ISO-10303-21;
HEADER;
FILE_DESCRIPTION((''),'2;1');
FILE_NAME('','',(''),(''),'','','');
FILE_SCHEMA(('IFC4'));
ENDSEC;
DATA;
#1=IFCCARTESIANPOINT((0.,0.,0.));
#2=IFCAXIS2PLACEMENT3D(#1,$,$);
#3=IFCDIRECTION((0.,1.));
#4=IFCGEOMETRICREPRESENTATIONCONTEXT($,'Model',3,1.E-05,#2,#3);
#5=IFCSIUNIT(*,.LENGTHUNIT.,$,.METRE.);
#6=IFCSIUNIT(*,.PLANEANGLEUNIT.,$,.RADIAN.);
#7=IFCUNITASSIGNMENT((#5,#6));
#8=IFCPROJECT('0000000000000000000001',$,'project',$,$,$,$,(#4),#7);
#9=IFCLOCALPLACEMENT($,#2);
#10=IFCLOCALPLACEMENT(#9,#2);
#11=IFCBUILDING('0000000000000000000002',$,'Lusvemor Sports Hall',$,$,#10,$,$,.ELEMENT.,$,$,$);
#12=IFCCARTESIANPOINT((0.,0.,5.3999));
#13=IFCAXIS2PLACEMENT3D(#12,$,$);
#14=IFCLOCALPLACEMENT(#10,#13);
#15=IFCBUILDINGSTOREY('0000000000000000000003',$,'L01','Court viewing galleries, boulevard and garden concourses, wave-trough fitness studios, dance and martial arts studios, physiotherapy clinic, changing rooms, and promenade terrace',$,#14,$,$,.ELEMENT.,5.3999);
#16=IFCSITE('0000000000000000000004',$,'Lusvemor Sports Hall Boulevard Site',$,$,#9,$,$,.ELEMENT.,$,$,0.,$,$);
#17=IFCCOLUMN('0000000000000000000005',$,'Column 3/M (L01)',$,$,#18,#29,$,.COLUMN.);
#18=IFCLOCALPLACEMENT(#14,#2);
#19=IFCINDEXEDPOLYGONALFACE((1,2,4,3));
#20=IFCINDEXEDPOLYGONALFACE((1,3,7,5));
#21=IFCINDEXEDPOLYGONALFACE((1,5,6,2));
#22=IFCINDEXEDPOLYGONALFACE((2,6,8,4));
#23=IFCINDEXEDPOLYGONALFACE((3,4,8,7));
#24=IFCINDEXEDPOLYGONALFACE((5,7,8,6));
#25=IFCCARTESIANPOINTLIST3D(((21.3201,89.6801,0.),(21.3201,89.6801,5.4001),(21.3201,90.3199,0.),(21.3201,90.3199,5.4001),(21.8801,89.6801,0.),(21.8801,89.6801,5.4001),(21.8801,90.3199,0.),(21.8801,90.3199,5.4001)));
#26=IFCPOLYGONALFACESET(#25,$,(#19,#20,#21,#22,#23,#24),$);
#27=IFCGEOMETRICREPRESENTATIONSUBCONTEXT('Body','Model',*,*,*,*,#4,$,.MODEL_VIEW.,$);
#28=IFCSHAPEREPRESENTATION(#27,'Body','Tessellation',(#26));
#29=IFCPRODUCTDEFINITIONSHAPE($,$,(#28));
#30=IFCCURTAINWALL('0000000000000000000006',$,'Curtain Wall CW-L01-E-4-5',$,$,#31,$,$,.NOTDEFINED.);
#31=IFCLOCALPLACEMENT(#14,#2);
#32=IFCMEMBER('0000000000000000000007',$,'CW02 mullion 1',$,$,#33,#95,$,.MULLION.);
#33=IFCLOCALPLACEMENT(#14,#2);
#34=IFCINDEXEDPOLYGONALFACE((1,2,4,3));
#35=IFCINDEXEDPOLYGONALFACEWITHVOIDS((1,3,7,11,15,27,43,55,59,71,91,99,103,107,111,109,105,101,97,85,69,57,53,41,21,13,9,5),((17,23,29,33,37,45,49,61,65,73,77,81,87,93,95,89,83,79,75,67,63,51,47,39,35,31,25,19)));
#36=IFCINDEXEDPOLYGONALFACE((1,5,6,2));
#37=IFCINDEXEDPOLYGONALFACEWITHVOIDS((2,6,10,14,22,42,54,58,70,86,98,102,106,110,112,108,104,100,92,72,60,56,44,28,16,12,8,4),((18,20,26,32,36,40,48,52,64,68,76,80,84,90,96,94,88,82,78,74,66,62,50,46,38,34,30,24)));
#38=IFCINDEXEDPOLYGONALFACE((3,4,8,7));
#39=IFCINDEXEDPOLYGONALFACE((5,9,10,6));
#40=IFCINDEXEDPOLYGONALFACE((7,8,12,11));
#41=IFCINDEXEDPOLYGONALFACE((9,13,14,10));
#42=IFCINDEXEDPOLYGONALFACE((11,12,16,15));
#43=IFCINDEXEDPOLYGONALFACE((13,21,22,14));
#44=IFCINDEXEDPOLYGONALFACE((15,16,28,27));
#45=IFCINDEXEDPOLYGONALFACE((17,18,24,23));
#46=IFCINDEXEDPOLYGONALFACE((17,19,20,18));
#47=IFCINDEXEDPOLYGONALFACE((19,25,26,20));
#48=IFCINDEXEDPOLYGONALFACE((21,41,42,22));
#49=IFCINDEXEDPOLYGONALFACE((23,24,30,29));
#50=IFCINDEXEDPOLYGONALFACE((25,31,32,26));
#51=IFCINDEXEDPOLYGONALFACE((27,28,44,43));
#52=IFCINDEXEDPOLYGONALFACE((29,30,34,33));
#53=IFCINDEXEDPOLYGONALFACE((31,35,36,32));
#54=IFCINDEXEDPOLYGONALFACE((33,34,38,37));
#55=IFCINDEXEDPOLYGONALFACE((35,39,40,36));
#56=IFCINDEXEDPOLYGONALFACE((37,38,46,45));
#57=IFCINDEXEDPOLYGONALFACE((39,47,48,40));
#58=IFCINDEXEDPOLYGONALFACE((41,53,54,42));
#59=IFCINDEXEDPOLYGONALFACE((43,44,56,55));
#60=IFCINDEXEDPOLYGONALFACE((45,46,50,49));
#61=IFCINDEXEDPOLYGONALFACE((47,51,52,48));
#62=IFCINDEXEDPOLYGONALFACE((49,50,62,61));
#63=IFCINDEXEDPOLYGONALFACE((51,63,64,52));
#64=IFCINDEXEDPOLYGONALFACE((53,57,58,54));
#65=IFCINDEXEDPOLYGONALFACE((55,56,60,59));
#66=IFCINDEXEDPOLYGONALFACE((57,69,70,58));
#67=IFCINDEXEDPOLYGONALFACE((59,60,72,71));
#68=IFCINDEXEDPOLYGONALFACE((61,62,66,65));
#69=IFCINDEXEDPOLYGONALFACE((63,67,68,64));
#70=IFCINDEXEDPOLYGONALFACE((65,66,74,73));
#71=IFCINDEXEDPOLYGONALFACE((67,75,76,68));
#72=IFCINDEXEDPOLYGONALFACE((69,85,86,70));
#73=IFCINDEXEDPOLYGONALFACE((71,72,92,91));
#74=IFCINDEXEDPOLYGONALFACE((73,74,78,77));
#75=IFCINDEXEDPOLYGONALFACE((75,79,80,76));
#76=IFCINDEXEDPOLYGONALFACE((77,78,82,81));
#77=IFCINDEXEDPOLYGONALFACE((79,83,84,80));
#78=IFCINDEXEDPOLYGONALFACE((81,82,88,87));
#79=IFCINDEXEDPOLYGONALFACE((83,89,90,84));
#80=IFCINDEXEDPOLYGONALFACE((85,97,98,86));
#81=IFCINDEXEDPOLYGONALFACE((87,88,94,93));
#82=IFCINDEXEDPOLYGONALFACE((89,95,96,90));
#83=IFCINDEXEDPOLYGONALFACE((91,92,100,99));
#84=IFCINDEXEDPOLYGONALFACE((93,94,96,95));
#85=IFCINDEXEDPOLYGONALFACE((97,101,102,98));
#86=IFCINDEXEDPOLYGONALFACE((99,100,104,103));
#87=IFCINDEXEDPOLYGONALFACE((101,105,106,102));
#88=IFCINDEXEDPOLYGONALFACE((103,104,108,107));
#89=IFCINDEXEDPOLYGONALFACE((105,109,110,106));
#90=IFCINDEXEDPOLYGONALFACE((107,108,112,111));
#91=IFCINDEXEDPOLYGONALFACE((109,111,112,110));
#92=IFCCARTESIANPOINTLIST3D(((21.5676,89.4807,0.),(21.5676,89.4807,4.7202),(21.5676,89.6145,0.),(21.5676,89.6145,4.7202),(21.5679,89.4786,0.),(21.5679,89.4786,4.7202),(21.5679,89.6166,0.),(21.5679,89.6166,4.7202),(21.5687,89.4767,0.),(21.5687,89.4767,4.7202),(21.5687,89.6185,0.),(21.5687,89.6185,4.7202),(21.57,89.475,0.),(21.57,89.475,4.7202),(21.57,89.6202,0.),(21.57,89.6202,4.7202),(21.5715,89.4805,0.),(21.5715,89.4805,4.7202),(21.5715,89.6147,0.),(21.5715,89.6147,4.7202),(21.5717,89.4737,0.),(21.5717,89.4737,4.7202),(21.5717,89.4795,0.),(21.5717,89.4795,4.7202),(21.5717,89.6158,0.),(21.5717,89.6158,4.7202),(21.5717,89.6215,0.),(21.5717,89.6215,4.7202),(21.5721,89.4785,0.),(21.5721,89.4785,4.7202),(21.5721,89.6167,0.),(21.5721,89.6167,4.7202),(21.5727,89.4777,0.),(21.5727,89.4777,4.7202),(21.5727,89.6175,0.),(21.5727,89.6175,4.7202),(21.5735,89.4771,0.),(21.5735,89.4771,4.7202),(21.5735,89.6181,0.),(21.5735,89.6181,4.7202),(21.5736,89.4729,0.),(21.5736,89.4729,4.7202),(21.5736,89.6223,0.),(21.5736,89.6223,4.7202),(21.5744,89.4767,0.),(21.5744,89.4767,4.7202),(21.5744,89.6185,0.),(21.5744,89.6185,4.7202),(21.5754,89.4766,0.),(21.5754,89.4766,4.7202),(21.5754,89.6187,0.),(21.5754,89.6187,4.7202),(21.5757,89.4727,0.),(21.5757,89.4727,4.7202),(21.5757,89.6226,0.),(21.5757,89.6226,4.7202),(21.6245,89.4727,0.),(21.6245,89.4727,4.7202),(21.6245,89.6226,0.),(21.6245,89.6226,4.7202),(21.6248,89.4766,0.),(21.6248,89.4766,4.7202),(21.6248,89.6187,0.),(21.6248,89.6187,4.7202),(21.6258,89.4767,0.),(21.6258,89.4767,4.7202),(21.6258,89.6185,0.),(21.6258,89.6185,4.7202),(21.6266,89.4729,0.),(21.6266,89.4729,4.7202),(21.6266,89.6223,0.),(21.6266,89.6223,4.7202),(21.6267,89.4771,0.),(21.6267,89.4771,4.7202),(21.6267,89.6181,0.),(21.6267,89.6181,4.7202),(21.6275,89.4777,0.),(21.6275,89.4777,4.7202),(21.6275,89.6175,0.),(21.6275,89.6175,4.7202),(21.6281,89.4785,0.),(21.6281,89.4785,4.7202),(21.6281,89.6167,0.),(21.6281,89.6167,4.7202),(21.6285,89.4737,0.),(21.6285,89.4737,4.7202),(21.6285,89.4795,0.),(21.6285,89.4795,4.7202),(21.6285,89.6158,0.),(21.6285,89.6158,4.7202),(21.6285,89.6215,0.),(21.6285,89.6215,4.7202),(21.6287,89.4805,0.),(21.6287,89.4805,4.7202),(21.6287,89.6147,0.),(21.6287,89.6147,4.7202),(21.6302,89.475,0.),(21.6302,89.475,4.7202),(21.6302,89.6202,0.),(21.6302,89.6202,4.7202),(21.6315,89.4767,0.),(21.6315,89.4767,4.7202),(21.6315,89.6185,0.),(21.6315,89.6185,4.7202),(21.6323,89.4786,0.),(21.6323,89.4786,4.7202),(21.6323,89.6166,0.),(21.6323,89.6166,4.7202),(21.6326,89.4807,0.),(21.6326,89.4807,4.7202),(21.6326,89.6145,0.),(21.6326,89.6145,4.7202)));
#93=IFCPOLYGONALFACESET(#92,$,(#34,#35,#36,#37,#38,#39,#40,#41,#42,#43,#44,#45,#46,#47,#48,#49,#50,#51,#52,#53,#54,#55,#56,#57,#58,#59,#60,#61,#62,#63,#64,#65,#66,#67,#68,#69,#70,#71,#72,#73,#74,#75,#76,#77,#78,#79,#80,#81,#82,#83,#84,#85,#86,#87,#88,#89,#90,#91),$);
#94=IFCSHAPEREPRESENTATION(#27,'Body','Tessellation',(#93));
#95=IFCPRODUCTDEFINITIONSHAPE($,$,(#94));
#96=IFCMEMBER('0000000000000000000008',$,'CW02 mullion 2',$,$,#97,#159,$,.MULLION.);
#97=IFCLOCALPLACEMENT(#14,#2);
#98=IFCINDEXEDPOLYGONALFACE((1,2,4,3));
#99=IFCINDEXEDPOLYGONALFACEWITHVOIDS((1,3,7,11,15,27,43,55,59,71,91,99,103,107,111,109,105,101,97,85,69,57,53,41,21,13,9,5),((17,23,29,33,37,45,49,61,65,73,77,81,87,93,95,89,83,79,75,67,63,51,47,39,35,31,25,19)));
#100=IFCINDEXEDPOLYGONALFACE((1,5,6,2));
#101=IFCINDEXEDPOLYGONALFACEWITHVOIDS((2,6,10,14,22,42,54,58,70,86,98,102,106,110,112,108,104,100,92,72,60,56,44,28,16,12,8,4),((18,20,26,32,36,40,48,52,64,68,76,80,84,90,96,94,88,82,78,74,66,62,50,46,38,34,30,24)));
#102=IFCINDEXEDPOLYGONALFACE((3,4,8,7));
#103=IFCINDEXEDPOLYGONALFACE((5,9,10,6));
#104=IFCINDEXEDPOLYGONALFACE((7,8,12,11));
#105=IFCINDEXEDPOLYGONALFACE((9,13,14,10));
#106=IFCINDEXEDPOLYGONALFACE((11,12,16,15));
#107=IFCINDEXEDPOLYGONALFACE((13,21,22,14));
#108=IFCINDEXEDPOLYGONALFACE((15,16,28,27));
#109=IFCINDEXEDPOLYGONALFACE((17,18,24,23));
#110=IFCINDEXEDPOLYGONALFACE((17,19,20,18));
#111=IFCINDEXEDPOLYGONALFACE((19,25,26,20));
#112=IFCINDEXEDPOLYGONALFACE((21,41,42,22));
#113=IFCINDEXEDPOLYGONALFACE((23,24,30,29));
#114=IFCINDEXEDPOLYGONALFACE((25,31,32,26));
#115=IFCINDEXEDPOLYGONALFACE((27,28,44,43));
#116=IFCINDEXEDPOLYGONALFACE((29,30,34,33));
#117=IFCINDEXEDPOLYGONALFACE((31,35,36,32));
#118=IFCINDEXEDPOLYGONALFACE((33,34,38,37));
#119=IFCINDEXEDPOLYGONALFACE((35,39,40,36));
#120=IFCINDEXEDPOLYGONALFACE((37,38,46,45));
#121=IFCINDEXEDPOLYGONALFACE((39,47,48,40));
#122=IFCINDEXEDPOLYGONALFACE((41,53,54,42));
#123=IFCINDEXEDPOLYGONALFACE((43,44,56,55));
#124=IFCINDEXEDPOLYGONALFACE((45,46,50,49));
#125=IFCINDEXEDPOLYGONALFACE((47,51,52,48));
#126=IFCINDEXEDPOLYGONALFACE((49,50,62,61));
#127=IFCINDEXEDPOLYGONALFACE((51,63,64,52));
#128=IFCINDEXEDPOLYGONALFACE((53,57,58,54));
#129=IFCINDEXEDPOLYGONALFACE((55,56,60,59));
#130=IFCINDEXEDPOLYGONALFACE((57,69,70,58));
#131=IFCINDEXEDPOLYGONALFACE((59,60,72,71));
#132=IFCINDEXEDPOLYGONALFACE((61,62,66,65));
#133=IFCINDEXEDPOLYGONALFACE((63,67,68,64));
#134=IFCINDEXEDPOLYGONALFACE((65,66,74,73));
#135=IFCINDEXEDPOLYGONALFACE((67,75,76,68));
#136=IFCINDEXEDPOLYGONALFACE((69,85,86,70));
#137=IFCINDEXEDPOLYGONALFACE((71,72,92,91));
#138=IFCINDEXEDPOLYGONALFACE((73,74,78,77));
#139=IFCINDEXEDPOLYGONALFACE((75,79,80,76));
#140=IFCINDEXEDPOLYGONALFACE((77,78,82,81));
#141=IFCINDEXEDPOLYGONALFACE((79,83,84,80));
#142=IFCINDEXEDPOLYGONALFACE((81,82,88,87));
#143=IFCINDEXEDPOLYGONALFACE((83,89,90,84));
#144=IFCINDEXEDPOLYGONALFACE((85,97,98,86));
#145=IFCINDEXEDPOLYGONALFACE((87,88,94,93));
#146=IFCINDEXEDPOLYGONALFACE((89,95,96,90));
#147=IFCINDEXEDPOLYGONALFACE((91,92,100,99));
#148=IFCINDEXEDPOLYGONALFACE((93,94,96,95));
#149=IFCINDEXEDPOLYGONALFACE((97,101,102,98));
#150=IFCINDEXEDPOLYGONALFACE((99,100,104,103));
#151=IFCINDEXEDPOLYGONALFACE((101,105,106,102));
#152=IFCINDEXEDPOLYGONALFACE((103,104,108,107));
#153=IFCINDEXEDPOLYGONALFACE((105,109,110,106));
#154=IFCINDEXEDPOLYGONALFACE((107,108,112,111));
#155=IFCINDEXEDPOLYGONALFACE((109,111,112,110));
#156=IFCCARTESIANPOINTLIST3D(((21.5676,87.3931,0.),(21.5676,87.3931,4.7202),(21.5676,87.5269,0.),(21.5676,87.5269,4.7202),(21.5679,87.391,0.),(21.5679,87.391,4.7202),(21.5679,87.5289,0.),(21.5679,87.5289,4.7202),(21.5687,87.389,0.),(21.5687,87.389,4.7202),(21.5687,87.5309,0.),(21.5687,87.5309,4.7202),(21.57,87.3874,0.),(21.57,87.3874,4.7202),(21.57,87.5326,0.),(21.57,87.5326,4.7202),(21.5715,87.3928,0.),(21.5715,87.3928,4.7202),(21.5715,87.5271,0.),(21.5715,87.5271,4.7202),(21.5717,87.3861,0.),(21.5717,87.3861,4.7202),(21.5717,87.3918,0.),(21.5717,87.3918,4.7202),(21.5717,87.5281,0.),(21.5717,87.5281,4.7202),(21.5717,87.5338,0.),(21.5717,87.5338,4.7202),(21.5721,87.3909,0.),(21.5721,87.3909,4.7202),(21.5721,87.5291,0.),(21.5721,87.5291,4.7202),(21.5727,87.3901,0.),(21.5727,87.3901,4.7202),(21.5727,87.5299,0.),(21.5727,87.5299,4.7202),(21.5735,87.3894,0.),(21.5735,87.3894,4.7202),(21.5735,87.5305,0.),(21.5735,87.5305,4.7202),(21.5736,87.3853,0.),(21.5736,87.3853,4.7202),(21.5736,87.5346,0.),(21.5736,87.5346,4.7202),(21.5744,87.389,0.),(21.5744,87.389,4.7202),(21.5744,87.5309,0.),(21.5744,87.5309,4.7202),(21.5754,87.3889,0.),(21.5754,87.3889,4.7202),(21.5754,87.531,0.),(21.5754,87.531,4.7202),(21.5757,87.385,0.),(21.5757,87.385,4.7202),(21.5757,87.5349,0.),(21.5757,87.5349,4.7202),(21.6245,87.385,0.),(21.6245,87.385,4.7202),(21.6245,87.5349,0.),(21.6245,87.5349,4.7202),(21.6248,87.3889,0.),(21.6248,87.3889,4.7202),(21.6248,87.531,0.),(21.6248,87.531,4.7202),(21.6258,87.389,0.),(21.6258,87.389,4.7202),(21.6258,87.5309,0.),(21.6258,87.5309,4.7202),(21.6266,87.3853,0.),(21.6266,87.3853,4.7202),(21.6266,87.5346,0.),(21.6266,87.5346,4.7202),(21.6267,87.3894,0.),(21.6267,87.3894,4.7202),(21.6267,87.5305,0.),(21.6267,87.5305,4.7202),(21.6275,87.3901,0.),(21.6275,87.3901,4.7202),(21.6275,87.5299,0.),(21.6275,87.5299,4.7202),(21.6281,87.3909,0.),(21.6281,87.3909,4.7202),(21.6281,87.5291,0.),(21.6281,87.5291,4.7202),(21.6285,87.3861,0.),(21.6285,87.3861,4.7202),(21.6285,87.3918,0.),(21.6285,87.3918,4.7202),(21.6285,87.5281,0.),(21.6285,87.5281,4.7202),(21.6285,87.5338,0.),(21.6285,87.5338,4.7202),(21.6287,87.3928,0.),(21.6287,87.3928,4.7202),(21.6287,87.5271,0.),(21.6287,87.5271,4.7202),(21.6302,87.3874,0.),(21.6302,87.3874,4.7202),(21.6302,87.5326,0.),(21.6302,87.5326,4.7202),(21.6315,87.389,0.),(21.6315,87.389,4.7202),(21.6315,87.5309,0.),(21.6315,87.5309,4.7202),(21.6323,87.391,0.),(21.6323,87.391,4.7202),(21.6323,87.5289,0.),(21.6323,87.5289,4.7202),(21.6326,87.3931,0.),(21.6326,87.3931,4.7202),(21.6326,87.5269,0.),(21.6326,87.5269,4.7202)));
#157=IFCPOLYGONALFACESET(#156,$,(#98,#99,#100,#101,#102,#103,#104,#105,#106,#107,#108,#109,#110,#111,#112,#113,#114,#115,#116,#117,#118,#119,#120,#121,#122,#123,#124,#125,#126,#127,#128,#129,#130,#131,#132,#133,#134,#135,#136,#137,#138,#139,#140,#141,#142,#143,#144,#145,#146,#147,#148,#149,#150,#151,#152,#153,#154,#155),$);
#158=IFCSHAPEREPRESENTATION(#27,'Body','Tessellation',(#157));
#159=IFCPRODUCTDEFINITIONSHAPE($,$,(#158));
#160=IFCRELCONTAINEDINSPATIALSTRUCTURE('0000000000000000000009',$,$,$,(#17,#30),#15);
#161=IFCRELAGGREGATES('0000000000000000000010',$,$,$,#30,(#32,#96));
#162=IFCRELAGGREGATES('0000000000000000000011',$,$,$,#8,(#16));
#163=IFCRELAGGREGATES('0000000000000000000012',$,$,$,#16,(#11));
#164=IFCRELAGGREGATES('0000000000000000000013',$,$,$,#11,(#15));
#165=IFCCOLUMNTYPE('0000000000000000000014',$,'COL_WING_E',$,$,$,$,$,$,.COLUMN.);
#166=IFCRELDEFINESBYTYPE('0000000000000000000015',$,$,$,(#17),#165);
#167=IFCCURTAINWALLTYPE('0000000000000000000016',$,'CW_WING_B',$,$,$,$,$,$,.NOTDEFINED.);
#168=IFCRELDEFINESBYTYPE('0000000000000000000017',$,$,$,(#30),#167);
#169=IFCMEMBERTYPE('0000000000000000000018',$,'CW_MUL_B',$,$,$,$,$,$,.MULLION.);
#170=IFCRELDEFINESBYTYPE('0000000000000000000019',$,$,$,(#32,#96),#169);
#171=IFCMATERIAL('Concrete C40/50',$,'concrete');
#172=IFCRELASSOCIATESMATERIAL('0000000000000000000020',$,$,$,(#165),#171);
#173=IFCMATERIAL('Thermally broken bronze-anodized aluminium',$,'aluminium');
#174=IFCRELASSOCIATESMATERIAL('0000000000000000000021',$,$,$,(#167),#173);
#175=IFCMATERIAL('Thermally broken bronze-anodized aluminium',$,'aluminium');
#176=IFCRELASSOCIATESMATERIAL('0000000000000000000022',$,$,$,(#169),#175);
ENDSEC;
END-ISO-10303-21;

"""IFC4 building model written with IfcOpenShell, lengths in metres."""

from ifc_helpers import new_model, si_unit, direction, frame, origin, origin_2d, place, context, subcontext, project, spatial, rectangle, hollow_rectangle, extrude, material, material_profile, profile_set, type_object, element, aggregate, save


model = new_model("IFC4")

# Units and contexts
model_context = context("Model", 3, precision=1e-05, world=origin(), true_north=direction((0.0, 1.0)))
body_context = subcontext(model_context, "Body", "Model", "MODEL_VIEW")
ifc_project = project(units=[si_unit("LENGTHUNIT", "METRE"), si_unit("PLANEANGLEUNIT", "RADIAN")], contexts=[model_context])

# Site, building, storey
site_placement = place(None, origin())
site = spatial("IfcSite", under=ifc_project, at=site_placement, Name="Lusvemor Sports Hall Boulevard Site", CompositionType="ELEMENT", RefElevation=0.0)
building_placement = place(site_placement, origin())
building = spatial("IfcBuilding", under=site, at=building_placement, Name="Lusvemor Sports Hall", CompositionType="ELEMENT")
storey_placement = place(building_placement, frame((0.0, 0.0, 5.3999)))
storey = spatial("IfcBuildingStorey", under=building, at=storey_placement, Name="L01", Description="Court viewing galleries, boulevard and garden concourses, wave-trough fitness studios, dance and martial arts studios, physiotherapy clinic, changing rooms, and promenade terrace", CompositionType="ELEMENT", Elevation=5.3999)

# Column
ifc_material_1 = material(Name="Concrete C40/50", Category="concrete")
ifc_material_profile_1 = material_profile(ifc_material_1, rectangle(XDim=0.5601, YDim=0.6399, at=origin_2d()), Name="RC560x640")
ifc_profile_set_1 = profile_set([ifc_material_profile_1], Name="Concrete C40/50")
column_type = type_object("IfcColumnType", Name="COL_WING_E", PredefinedType="COLUMN", material=ifc_profile_set_1)
column_placement = place(storey_placement, frame((21.6001, 90.0, 0.0), z_axis=(0.0, 0.0, 1.0), x_axis=(1.0, 0.0, 0.0)))
element("IfcColumn", 1, at=column_placement, inside=storey, type_object=column_type, Name="Column 3/M (L01)", PredefinedType="COLUMN", context=body_context, shape_type="SweptSolid", body=[
    extrude(rectangle(XDim=0.5601, YDim=0.6399, at=origin_2d()), origin(), (0.0, 0.0, 1.0), 5.4001),
])

# Curtain wall, members
ifc_material_2 = material(Name="Thermally broken bronze-anodized aluminium", Category="aluminium")
curtain_wall_type = type_object("IfcCurtainWallType", Name="CW_WING_B", PredefinedType="NOTDEFINED", material=ifc_material_2)
curtain_wall_1_placement = place(storey_placement, origin())
curtain_wall_1 = element("IfcCurtainWall", 2, at=curtain_wall_1_placement, inside=storey, type_object=curtain_wall_type, Name="Curtain Wall CW-L01-E-4-5", PredefinedType="NOTDEFINED")
ifc_material_3 = material(Name="Thermally broken bronze-anodized aluminium", Category="aluminium")
ifc_material_profile_2 = material_profile(ifc_material_3, hollow_rectangle(XDim=0.0649, YDim=0.1499, WallThickness=0.0039, InnerFilletRadius=0.0039, OuterFilletRadius=0.0081, at=origin_2d()), Name="CWMUL150x65x4")
ifc_profile_set_2 = profile_set([ifc_material_profile_2], Name="Thermally broken bronze-anodized aluminium")
member_type_1 = type_object("IfcMemberType", Name="CW_MUL_B", PredefinedType="MULLION", material=ifc_profile_set_2)
member_1_placement = place(storey_placement, frame((21.6001, 89.5476, 0.0), z_axis=(0.0, 0.0, 1.0), x_axis=(1.0, 0.0, 0.0)))
member_1 = element("IfcMember", 3, at=member_1_placement, type_object=member_type_1, Name="CW02 mullion 1", PredefinedType="MULLION", context=body_context, shape_type="SweptSolid", body=[
    extrude(hollow_rectangle(XDim=0.0649, YDim=0.1499, WallThickness=0.0039, InnerFilletRadius=0.0039, OuterFilletRadius=0.0081, at=origin_2d()), origin(), (0.0, 0.0, 1.0), 4.7202),
])
member_2_placement = place(storey_placement, frame((21.6001, 87.46, 0.0), z_axis=(0.0, 0.0, 1.0), x_axis=(1.0, 0.0, 0.0)))
member_2 = element("IfcMember", 4, at=member_2_placement, type_object=member_type_1, Name="CW02 mullion 2", PredefinedType="MULLION", context=body_context, shape_type="SweptSolid", body=[
    extrude(hollow_rectangle(XDim=0.0649, YDim=0.1499, WallThickness=0.0039, InnerFilletRadius=0.0039, OuterFilletRadius=0.0081, at=origin_2d()), origin(), (0.0, 0.0, 1.0), 4.7202),
])

aggregate(curtain_wall_1, [member_1, member_2])

save(model, "model.ifc")
